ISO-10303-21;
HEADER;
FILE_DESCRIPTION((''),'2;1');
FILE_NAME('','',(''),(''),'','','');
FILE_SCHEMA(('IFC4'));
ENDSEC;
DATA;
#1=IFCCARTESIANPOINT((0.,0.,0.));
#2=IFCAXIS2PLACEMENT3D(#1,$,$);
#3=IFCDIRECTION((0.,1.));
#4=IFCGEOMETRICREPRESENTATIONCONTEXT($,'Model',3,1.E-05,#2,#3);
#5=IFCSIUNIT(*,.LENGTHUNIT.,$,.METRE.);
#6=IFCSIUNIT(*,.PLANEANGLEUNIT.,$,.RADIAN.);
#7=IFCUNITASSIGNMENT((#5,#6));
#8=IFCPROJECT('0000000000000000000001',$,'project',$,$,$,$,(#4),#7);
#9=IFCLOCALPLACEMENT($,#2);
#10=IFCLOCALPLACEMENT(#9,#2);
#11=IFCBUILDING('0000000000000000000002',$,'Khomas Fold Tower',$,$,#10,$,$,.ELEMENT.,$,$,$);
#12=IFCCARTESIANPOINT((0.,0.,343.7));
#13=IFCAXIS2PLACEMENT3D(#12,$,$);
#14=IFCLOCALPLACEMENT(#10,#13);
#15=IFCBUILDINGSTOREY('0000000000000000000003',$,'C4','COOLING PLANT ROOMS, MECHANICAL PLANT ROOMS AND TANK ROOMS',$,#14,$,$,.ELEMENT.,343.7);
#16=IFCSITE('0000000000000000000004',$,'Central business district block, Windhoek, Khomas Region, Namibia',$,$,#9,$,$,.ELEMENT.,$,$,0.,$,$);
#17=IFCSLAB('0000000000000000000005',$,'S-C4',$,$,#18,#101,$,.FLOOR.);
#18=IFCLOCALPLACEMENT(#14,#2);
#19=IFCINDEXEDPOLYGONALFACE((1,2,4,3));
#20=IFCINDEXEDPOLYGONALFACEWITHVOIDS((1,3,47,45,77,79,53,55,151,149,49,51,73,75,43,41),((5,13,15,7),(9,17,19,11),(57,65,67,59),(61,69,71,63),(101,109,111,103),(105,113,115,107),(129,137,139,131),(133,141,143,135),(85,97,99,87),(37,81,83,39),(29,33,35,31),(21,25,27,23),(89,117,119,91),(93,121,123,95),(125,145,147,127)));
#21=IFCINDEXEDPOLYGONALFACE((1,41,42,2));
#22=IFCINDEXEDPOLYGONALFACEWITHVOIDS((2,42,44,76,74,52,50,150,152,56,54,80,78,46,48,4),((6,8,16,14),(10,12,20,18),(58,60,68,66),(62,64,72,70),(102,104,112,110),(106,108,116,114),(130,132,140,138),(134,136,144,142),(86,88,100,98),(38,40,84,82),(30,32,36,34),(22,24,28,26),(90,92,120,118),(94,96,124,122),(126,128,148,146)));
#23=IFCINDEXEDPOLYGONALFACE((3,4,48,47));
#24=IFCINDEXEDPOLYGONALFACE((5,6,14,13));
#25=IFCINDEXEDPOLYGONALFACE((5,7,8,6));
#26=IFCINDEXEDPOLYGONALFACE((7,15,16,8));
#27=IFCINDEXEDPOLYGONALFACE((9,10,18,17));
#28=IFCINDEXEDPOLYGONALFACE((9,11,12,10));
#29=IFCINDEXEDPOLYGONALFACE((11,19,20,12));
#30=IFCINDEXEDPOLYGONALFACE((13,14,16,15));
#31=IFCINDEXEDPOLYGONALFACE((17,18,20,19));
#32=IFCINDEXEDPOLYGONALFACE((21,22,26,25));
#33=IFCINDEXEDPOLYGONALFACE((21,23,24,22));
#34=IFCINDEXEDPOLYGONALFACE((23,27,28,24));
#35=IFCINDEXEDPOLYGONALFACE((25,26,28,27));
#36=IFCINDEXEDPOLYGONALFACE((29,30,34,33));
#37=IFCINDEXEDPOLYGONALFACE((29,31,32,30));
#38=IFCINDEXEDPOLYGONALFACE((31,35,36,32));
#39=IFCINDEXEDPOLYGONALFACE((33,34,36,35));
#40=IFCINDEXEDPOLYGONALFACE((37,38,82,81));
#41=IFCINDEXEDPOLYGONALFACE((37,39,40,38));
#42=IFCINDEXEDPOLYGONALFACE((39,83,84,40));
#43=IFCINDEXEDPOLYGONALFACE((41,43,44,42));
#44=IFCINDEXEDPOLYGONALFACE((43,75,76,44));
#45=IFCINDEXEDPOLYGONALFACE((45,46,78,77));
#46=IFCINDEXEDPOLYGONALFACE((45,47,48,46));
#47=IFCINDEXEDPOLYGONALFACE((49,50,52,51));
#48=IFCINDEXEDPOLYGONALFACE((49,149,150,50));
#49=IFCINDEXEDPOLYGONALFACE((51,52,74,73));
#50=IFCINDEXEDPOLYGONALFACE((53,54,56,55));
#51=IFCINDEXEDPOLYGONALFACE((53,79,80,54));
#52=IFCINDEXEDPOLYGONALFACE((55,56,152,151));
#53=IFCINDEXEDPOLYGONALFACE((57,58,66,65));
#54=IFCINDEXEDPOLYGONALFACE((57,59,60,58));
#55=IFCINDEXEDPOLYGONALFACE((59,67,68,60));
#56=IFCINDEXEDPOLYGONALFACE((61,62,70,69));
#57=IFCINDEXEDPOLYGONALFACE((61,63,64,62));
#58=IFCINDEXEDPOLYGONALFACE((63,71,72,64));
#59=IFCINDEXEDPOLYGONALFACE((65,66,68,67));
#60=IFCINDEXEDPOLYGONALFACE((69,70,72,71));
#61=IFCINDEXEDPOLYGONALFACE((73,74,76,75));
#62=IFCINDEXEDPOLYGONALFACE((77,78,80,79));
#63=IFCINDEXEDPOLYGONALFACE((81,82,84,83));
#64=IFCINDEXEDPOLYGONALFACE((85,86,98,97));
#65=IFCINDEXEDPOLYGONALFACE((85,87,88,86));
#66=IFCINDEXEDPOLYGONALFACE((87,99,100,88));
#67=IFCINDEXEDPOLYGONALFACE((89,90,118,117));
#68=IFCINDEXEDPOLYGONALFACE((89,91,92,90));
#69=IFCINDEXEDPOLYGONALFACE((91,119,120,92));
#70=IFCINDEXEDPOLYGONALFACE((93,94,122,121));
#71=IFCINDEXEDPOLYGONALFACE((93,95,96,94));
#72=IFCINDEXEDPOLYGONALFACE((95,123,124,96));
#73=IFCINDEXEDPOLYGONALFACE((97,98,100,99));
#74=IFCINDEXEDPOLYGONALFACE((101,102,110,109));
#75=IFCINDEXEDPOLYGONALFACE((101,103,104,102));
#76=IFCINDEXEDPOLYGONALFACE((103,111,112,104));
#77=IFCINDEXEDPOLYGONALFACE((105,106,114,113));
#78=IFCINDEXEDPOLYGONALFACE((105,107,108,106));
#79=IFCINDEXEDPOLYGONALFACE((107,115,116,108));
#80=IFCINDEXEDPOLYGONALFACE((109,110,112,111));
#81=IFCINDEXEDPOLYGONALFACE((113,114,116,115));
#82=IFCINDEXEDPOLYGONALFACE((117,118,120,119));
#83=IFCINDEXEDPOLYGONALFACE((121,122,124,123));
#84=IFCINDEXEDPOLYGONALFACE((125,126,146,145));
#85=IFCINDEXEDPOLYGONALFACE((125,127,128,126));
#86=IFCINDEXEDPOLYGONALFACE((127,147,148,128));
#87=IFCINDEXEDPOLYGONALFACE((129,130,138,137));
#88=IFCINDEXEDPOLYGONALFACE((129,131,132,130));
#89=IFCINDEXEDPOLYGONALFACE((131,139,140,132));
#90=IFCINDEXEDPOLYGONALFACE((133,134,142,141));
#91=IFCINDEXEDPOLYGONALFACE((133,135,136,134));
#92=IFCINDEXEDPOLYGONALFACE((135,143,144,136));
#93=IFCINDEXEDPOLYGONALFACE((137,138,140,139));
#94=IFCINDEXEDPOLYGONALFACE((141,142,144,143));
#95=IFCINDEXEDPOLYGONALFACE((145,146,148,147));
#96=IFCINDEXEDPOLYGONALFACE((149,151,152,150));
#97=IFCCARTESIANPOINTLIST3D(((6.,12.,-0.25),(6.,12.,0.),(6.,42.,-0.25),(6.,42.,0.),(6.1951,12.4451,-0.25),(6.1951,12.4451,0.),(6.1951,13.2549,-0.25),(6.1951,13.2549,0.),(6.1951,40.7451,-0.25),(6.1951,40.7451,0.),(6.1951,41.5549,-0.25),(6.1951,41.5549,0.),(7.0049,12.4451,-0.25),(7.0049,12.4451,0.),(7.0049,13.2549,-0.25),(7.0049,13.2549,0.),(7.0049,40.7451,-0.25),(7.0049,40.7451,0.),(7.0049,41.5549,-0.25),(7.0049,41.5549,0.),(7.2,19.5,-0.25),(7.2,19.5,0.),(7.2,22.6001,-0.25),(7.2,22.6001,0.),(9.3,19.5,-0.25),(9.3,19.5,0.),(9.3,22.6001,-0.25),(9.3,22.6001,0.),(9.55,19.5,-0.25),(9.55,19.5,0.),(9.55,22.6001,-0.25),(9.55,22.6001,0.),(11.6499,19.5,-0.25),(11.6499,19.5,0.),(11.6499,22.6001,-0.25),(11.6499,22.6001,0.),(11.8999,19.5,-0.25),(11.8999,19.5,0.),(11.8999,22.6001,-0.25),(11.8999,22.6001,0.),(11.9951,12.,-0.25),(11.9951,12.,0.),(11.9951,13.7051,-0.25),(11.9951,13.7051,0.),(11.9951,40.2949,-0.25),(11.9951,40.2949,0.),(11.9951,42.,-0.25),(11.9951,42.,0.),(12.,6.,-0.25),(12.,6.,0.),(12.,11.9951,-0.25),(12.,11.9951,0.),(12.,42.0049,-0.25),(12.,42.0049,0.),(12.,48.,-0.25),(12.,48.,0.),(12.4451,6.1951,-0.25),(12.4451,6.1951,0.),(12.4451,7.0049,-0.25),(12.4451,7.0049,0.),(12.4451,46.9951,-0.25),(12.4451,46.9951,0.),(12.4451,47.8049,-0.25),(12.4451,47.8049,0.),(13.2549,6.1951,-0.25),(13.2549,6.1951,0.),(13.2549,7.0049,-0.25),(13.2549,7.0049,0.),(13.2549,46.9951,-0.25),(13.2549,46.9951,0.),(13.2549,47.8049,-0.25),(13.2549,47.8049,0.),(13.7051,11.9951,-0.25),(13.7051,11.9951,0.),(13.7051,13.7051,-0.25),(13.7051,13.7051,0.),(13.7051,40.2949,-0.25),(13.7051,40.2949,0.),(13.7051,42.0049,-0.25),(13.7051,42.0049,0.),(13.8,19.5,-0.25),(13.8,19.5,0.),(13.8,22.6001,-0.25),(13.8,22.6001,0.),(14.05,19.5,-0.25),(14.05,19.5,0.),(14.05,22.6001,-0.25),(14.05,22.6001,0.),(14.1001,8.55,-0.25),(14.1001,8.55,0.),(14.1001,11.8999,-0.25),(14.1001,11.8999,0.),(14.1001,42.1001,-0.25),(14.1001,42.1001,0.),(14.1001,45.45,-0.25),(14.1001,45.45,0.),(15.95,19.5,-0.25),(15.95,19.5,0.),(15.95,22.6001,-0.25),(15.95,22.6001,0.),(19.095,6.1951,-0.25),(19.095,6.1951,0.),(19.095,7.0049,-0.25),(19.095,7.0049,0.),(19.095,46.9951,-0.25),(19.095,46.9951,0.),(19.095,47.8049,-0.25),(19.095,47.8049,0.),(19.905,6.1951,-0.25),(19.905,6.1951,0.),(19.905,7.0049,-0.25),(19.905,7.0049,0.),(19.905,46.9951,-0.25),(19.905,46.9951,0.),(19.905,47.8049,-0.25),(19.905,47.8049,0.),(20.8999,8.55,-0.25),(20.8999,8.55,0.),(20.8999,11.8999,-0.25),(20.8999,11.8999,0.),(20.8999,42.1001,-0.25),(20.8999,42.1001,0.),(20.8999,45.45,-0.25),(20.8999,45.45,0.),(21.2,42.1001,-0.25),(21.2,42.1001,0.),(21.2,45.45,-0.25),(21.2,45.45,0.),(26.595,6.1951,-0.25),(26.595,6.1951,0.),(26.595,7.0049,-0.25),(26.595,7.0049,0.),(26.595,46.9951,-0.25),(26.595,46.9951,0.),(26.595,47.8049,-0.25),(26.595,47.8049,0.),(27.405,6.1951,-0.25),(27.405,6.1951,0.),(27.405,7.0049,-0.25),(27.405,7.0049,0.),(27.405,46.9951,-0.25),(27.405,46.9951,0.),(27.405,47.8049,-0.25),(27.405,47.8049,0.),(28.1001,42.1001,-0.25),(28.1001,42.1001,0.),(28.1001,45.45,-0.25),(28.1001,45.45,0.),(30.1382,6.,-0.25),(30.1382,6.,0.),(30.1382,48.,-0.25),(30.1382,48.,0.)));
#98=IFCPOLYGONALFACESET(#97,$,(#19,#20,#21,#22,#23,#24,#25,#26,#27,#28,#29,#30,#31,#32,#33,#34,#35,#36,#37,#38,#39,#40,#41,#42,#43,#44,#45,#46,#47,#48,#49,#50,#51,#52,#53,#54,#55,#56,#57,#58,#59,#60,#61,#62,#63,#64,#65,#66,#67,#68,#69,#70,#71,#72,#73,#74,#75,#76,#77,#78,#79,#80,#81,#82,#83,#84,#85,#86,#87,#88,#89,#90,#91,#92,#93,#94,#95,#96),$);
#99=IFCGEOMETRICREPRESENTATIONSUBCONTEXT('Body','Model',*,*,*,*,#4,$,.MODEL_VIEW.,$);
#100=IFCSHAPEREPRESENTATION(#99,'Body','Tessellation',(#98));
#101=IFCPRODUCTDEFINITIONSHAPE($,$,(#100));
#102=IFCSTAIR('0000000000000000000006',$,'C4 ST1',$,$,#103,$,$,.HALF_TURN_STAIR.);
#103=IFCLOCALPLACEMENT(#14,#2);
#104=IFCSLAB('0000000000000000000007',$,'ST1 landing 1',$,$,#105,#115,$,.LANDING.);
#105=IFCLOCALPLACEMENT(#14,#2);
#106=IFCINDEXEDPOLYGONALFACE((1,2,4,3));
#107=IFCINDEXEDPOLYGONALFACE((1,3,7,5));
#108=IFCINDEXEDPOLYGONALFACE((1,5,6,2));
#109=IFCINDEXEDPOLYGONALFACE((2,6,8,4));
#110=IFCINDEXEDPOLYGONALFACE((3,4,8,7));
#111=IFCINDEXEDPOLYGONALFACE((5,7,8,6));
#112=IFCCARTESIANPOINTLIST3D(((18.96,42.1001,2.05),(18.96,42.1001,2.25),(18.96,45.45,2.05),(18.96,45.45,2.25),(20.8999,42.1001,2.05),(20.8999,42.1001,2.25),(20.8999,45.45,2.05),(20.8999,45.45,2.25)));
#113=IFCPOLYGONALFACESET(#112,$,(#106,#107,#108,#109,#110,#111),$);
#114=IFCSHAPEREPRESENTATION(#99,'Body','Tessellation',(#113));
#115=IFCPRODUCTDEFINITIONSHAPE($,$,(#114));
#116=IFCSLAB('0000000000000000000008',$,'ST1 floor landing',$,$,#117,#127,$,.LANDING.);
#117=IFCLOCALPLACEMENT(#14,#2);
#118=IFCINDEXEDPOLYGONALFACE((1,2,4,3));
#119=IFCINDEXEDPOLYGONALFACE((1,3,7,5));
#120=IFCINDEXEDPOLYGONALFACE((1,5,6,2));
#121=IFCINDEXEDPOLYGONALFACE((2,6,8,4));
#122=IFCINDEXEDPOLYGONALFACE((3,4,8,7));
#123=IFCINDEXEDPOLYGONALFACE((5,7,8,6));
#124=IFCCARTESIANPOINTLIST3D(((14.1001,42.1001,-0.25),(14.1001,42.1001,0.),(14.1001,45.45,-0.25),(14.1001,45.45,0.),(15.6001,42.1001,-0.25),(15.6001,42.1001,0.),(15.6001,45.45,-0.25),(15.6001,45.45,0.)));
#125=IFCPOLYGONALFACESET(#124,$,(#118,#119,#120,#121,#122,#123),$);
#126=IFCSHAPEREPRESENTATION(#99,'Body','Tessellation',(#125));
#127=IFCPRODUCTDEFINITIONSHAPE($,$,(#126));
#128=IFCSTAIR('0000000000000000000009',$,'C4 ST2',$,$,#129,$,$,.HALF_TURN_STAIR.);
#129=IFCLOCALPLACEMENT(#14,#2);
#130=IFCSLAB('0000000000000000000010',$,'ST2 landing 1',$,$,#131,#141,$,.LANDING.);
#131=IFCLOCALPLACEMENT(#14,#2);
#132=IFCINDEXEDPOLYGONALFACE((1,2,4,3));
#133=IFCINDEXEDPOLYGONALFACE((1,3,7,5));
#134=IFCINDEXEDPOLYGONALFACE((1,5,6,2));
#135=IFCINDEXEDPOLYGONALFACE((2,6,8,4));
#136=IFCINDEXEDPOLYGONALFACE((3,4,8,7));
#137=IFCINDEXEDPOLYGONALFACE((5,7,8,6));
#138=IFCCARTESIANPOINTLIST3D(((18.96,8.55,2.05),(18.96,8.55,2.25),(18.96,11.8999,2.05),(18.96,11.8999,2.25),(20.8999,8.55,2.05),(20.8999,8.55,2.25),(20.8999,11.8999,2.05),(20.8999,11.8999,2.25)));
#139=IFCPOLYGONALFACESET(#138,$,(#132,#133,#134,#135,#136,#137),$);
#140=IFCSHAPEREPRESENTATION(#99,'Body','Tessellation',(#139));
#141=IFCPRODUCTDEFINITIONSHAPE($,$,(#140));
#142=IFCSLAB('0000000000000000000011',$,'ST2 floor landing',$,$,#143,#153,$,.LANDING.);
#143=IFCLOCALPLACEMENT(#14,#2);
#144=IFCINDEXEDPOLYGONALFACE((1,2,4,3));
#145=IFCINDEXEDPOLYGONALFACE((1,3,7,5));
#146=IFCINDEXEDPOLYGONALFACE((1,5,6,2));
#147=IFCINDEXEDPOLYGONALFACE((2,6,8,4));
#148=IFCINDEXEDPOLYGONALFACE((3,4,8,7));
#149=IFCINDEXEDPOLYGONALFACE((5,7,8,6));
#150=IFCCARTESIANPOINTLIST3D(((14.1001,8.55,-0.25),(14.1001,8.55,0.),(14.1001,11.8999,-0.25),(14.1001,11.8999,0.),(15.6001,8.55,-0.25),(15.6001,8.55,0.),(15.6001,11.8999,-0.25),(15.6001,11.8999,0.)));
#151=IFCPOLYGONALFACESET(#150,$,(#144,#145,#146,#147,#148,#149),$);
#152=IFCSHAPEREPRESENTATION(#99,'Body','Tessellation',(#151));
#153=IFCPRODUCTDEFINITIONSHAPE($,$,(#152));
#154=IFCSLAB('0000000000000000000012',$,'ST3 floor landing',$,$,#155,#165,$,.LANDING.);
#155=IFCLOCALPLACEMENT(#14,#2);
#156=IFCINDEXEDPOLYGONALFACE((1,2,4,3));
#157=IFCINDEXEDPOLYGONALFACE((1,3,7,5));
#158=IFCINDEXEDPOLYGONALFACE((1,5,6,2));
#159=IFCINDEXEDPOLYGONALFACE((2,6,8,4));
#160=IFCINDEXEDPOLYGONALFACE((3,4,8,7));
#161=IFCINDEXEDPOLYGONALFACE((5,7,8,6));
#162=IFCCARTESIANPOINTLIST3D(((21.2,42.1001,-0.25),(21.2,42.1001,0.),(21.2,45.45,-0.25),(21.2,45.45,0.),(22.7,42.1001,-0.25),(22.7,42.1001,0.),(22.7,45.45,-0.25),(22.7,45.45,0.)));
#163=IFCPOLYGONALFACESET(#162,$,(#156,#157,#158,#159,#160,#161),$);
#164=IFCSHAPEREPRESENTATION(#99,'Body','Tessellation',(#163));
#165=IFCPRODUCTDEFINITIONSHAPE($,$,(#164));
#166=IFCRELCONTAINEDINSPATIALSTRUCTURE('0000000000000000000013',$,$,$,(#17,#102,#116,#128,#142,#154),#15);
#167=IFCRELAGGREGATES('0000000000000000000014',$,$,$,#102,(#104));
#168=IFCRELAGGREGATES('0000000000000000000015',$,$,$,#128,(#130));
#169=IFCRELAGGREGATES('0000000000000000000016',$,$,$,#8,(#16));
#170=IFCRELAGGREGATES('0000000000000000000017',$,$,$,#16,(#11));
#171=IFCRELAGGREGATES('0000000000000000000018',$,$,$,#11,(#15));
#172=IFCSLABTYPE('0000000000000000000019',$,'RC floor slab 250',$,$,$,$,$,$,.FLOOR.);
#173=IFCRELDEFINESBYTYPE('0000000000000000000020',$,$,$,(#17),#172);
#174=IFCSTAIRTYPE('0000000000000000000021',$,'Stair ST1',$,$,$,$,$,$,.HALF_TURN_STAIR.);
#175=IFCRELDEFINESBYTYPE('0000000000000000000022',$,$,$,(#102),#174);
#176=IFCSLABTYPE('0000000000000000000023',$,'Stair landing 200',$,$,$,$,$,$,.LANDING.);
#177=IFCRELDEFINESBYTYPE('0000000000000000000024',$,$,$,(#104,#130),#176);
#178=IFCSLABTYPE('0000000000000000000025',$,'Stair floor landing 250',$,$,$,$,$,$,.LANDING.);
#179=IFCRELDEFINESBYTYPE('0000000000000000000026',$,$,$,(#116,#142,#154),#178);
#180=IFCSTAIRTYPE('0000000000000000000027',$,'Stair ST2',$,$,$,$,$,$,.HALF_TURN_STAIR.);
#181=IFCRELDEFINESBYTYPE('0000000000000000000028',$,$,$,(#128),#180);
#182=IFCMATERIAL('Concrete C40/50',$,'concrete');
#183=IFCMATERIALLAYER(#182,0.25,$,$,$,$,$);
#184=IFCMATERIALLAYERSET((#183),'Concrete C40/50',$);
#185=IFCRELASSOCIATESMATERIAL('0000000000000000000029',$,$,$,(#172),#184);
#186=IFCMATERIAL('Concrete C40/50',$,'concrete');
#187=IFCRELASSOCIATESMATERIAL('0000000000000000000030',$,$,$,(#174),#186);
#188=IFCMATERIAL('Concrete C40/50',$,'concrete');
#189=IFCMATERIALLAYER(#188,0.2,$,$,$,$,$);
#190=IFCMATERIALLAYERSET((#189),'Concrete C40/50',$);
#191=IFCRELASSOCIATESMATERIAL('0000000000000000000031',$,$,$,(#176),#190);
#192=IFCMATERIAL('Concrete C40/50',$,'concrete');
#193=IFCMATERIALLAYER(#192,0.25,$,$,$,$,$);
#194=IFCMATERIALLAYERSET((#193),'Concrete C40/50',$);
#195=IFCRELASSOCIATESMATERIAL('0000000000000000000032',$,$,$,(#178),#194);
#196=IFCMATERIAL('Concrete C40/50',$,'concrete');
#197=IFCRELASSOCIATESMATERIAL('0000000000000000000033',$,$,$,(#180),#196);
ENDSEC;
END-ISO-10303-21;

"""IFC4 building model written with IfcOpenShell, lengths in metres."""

from ifc_helpers import new_model, si_unit, direction, frame, origin, place, context, subcontext, project, spatial, polyline, outline, extrude, source, transform, mapped, material, layer, layer_set, type_object, element, aggregate, save


model = new_model("IFC4")

# Units and contexts
model_context = context("Model", 3, precision=1e-05, world=origin(), true_north=direction((0.0, 1.0)))
body_context = subcontext(model_context, "Body", "Model", "MODEL_VIEW")
ifc_project = project(units=[si_unit("LENGTHUNIT", "METRE"), si_unit("PLANEANGLEUNIT", "RADIAN")], contexts=[model_context])

# Site, building, storey
site_placement = place(None, origin())
site = spatial("IfcSite", under=ifc_project, at=site_placement, Name="Central business district block, Windhoek, Khomas Region, Namibia", CompositionType="ELEMENT", RefElevation=0.0)
building_placement = place(site_placement, origin())
building = spatial("IfcBuilding", under=site, at=building_placement, Name="Khomas Fold Tower", CompositionType="ELEMENT")
storey_placement = place(building_placement, frame((0.0, 0.0, 343.7)))
storey = spatial("IfcBuildingStorey", under=building, at=storey_placement, Name="C4", Description="COOLING PLANT ROOMS, MECHANICAL PLANT ROOMS AND TANK ROOMS", CompositionType="ELEMENT", Elevation=343.7)

# Slab
ifc_material_1 = material(Name="Concrete C40/50", Category="concrete")
ifc_layer_1 = layer(ifc_material_1, 0.25)
ifc_layer_set_1 = layer_set([ifc_layer_1], Name="Concrete C40/50")
slab_type_1 = type_object("IfcSlabType", Name="RC floor slab 250", PredefinedType="FLOOR", material=ifc_layer_set_1)
shared_shape_1 = source(origin(), body_context, "Body", "SweptSolid", [
    extrude(outline(polyline([(6.0, 12.0), (11.9951, 12.0), (11.9951, 13.7051), (13.7051, 13.7051), (13.7051, 11.9951), (12.0, 11.9951), (12.0, 6.0), (30.1382, 6.0), (30.1382, 48.0), (12.0, 48.0), (12.0, 42.0049), (13.7051, 42.0049), (13.7051, 40.2949), (11.9951, 40.2949), (11.9951, 42.0), (6.0, 42.0), (6.0, 12.0)]), holes=[polyline([(6.1951, 12.4451), (6.1951, 13.2549), (7.0049, 13.2549), (7.0049, 12.4451), (6.1951, 12.4451)]), polyline([(6.1951, 40.7451), (6.1951, 41.5549), (7.0049, 41.5549), (7.0049, 40.7451), (6.1951, 40.7451)]), polyline([(7.2, 19.5), (7.2, 22.6001), (9.3, 22.6001), (9.3, 19.5), (7.2, 19.5)]), polyline([(9.55, 19.5), (9.55, 22.6001), (11.6499, 22.6001), (11.6499, 19.5), (9.55, 19.5)]), polyline([(11.8999, 19.5), (11.8999, 22.6001), (13.8, 22.6001), (13.8, 19.5), (11.8999, 19.5)]), polyline([(12.4451, 6.1951), (12.4451, 7.0049), (13.2549, 7.0049), (13.2549, 6.1951), (12.4451, 6.1951)]), polyline([(12.4451, 46.9951), (12.4451, 47.8049), (13.2549, 47.8049), (13.2549, 46.9951), (12.4451, 46.9951)]), polyline([(14.05, 19.5), (14.05, 22.6001), (15.95, 22.6001), (15.95, 19.5), (14.05, 19.5)]), polyline([(14.1001, 8.55), (14.1001, 11.8999), (20.8999, 11.8999), (20.8999, 8.55), (14.1001, 8.55)]), polyline([(14.1001, 42.1001), (14.1001, 45.45), (20.8999, 45.45), (20.8999, 42.1001), (14.1001, 42.1001)]), polyline([(19.095, 6.1951), (19.095, 7.0049), (19.905, 7.0049), (19.905, 6.1951), (19.095, 6.1951)]), polyline([(19.095, 46.9951), (19.095, 47.8049), (19.905, 47.8049), (19.905, 46.9951), (19.095, 46.9951)]), polyline([(21.2, 42.1001), (21.2, 45.45), (28.1001, 45.45), (28.1001, 42.1001), (21.2, 42.1001)]), polyline([(26.595, 6.1951), (26.595, 7.0049), (27.405, 7.0049), (27.405, 6.1951), (26.595, 6.1951)]), polyline([(26.595, 46.9951), (26.595, 47.8049), (27.405, 47.8049), (27.405, 46.9951), (26.595, 46.9951)])]), origin(), (0.0, 0.0, 1.0), 0.25),
])
slab_1_placement = place(storey_placement, frame((0.0, 0.0, -0.25)))
element("IfcSlab", 1, at=slab_1_placement, inside=storey, type_object=slab_type_1, Name="S-C4", PredefinedType="FLOOR", context=body_context, shape_type="MappedRepresentation", body=[
    mapped(shared_shape_1, transform((0.0, 0.0, 0.0))),
])

# Stair, slab
ifc_material_2 = material(Name="Concrete C40/50", Category="concrete")
stair_type_1 = type_object("IfcStairType", Name="Stair ST1", PredefinedType="HALF_TURN_STAIR", material=ifc_material_2)
stair_1_placement = place(storey_placement, origin())
stair_1 = element("IfcStair", 2, at=stair_1_placement, inside=storey, type_object=stair_type_1, Name="C4 ST1", PredefinedType="HALF_TURN_STAIR")
ifc_material_3 = material(Name="Concrete C40/50", Category="concrete")
ifc_layer_2 = layer(ifc_material_3, 0.2)
ifc_layer_set_2 = layer_set([ifc_layer_2], Name="Concrete C40/50")
slab_type_2 = type_object("IfcSlabType", Name="Stair landing 200", PredefinedType="LANDING", material=ifc_layer_set_2)
shared_shape_2 = source(origin(), body_context, "Body", "SweptSolid", [
    extrude(outline(polyline([(18.96, 42.1001), (20.8999, 42.1001), (20.8999, 45.45), (18.96, 45.45), (18.96, 42.1001)])), origin(), (0.0, 0.0, 1.0), 0.2),
])
slab_2_placement = place(storey_placement, frame((0.0, 0.0, 2.05)))
slab_2 = element("IfcSlab", 3, at=slab_2_placement, type_object=slab_type_2, Name="ST1 landing 1", PredefinedType="LANDING", context=body_context, shape_type="MappedRepresentation", body=[
    mapped(shared_shape_2, transform((0.0, 0.0, 0.0))),
])
aggregate(stair_1, [slab_2])

# Slab
ifc_material_4 = material(Name="Concrete C40/50", Category="concrete")
ifc_layer_3 = layer(ifc_material_4, 0.25)
ifc_layer_set_3 = layer_set([ifc_layer_3], Name="Concrete C40/50")
slab_type_3 = type_object("IfcSlabType", Name="Stair floor landing 250", PredefinedType="LANDING", material=ifc_layer_set_3)
shared_shape_3 = source(origin(), body_context, "Body", "SweptSolid", [
    extrude(outline(polyline([(14.1001, 45.45), (15.6001, 45.45), (15.6001, 42.1001), (14.1001, 42.1001), (14.1001, 45.45)])), origin(), (0.0, 0.0, 1.0), 0.25),
])
slab_3_placement = place(storey_placement, frame((0.0, 0.0, -0.25)))
element("IfcSlab", 4, at=slab_3_placement, inside=storey, type_object=slab_type_3, Name="ST1 floor landing", PredefinedType="LANDING", context=body_context, shape_type="MappedRepresentation", body=[
    mapped(shared_shape_3, transform((0.0, 0.0, 0.0))),
])

# Stair, slab
ifc_material_5 = material(Name="Concrete C40/50", Category="concrete")
stair_type_2 = type_object("IfcStairType", Name="Stair ST2", PredefinedType="HALF_TURN_STAIR", material=ifc_material_5)
stair_2_placement = place(storey_placement, origin())
stair_2 = element("IfcStair", 5, at=stair_2_placement, inside=storey, type_object=stair_type_2, Name="C4 ST2", PredefinedType="HALF_TURN_STAIR")
shared_shape_4 = source(origin(), body_context, "Body", "SweptSolid", [
    extrude(outline(polyline([(18.96, 8.55), (20.8999, 8.55), (20.8999, 11.8999), (18.96, 11.8999), (18.96, 8.55)])), origin(), (0.0, 0.0, 1.0), 0.2),
])
slab_4_placement = place(storey_placement, frame((0.0, 0.0, 2.05)))
slab_4 = element("IfcSlab", 6, at=slab_4_placement, type_object=slab_type_2, Name="ST2 landing 1", PredefinedType="LANDING", context=body_context, shape_type="MappedRepresentation", body=[
    mapped(shared_shape_4, transform((0.0, 0.0, 0.0))),
])
aggregate(stair_2, [slab_4])

# Slabs
shared_shape_5 = source(origin(), body_context, "Body", "SweptSolid", [
    extrude(outline(polyline([(14.1001, 11.8999), (15.6001, 11.8999), (15.6001, 8.55), (14.1001, 8.55), (14.1001, 11.8999)])), origin(), (0.0, 0.0, 1.0), 0.25),
])
slab_5_placement = place(storey_placement, frame((0.0, 0.0, -0.25)))
element("IfcSlab", 7, at=slab_5_placement, inside=storey, type_object=slab_type_3, Name="ST2 floor landing", PredefinedType="LANDING", context=body_context, shape_type="MappedRepresentation", body=[
    mapped(shared_shape_5, transform((0.0, 0.0, 0.0))),
])
shared_shape_6 = source(origin(), body_context, "Body", "SweptSolid", [
    extrude(outline(polyline([(21.2, 45.45), (22.7, 45.45), (22.7, 42.1001), (21.2, 42.1001), (21.2, 45.45)])), origin(), (0.0, 0.0, 1.0), 0.25),
])
slab_6_placement = place(storey_placement, frame((0.0, 0.0, -0.25)))
element("IfcSlab", 8, at=slab_6_placement, inside=storey, type_object=slab_type_3, Name="ST3 floor landing", PredefinedType="LANDING", context=body_context, shape_type="MappedRepresentation", body=[
    mapped(shared_shape_6, transform((0.0, 0.0, 0.0))),
])

save(model, "model.ifc")
